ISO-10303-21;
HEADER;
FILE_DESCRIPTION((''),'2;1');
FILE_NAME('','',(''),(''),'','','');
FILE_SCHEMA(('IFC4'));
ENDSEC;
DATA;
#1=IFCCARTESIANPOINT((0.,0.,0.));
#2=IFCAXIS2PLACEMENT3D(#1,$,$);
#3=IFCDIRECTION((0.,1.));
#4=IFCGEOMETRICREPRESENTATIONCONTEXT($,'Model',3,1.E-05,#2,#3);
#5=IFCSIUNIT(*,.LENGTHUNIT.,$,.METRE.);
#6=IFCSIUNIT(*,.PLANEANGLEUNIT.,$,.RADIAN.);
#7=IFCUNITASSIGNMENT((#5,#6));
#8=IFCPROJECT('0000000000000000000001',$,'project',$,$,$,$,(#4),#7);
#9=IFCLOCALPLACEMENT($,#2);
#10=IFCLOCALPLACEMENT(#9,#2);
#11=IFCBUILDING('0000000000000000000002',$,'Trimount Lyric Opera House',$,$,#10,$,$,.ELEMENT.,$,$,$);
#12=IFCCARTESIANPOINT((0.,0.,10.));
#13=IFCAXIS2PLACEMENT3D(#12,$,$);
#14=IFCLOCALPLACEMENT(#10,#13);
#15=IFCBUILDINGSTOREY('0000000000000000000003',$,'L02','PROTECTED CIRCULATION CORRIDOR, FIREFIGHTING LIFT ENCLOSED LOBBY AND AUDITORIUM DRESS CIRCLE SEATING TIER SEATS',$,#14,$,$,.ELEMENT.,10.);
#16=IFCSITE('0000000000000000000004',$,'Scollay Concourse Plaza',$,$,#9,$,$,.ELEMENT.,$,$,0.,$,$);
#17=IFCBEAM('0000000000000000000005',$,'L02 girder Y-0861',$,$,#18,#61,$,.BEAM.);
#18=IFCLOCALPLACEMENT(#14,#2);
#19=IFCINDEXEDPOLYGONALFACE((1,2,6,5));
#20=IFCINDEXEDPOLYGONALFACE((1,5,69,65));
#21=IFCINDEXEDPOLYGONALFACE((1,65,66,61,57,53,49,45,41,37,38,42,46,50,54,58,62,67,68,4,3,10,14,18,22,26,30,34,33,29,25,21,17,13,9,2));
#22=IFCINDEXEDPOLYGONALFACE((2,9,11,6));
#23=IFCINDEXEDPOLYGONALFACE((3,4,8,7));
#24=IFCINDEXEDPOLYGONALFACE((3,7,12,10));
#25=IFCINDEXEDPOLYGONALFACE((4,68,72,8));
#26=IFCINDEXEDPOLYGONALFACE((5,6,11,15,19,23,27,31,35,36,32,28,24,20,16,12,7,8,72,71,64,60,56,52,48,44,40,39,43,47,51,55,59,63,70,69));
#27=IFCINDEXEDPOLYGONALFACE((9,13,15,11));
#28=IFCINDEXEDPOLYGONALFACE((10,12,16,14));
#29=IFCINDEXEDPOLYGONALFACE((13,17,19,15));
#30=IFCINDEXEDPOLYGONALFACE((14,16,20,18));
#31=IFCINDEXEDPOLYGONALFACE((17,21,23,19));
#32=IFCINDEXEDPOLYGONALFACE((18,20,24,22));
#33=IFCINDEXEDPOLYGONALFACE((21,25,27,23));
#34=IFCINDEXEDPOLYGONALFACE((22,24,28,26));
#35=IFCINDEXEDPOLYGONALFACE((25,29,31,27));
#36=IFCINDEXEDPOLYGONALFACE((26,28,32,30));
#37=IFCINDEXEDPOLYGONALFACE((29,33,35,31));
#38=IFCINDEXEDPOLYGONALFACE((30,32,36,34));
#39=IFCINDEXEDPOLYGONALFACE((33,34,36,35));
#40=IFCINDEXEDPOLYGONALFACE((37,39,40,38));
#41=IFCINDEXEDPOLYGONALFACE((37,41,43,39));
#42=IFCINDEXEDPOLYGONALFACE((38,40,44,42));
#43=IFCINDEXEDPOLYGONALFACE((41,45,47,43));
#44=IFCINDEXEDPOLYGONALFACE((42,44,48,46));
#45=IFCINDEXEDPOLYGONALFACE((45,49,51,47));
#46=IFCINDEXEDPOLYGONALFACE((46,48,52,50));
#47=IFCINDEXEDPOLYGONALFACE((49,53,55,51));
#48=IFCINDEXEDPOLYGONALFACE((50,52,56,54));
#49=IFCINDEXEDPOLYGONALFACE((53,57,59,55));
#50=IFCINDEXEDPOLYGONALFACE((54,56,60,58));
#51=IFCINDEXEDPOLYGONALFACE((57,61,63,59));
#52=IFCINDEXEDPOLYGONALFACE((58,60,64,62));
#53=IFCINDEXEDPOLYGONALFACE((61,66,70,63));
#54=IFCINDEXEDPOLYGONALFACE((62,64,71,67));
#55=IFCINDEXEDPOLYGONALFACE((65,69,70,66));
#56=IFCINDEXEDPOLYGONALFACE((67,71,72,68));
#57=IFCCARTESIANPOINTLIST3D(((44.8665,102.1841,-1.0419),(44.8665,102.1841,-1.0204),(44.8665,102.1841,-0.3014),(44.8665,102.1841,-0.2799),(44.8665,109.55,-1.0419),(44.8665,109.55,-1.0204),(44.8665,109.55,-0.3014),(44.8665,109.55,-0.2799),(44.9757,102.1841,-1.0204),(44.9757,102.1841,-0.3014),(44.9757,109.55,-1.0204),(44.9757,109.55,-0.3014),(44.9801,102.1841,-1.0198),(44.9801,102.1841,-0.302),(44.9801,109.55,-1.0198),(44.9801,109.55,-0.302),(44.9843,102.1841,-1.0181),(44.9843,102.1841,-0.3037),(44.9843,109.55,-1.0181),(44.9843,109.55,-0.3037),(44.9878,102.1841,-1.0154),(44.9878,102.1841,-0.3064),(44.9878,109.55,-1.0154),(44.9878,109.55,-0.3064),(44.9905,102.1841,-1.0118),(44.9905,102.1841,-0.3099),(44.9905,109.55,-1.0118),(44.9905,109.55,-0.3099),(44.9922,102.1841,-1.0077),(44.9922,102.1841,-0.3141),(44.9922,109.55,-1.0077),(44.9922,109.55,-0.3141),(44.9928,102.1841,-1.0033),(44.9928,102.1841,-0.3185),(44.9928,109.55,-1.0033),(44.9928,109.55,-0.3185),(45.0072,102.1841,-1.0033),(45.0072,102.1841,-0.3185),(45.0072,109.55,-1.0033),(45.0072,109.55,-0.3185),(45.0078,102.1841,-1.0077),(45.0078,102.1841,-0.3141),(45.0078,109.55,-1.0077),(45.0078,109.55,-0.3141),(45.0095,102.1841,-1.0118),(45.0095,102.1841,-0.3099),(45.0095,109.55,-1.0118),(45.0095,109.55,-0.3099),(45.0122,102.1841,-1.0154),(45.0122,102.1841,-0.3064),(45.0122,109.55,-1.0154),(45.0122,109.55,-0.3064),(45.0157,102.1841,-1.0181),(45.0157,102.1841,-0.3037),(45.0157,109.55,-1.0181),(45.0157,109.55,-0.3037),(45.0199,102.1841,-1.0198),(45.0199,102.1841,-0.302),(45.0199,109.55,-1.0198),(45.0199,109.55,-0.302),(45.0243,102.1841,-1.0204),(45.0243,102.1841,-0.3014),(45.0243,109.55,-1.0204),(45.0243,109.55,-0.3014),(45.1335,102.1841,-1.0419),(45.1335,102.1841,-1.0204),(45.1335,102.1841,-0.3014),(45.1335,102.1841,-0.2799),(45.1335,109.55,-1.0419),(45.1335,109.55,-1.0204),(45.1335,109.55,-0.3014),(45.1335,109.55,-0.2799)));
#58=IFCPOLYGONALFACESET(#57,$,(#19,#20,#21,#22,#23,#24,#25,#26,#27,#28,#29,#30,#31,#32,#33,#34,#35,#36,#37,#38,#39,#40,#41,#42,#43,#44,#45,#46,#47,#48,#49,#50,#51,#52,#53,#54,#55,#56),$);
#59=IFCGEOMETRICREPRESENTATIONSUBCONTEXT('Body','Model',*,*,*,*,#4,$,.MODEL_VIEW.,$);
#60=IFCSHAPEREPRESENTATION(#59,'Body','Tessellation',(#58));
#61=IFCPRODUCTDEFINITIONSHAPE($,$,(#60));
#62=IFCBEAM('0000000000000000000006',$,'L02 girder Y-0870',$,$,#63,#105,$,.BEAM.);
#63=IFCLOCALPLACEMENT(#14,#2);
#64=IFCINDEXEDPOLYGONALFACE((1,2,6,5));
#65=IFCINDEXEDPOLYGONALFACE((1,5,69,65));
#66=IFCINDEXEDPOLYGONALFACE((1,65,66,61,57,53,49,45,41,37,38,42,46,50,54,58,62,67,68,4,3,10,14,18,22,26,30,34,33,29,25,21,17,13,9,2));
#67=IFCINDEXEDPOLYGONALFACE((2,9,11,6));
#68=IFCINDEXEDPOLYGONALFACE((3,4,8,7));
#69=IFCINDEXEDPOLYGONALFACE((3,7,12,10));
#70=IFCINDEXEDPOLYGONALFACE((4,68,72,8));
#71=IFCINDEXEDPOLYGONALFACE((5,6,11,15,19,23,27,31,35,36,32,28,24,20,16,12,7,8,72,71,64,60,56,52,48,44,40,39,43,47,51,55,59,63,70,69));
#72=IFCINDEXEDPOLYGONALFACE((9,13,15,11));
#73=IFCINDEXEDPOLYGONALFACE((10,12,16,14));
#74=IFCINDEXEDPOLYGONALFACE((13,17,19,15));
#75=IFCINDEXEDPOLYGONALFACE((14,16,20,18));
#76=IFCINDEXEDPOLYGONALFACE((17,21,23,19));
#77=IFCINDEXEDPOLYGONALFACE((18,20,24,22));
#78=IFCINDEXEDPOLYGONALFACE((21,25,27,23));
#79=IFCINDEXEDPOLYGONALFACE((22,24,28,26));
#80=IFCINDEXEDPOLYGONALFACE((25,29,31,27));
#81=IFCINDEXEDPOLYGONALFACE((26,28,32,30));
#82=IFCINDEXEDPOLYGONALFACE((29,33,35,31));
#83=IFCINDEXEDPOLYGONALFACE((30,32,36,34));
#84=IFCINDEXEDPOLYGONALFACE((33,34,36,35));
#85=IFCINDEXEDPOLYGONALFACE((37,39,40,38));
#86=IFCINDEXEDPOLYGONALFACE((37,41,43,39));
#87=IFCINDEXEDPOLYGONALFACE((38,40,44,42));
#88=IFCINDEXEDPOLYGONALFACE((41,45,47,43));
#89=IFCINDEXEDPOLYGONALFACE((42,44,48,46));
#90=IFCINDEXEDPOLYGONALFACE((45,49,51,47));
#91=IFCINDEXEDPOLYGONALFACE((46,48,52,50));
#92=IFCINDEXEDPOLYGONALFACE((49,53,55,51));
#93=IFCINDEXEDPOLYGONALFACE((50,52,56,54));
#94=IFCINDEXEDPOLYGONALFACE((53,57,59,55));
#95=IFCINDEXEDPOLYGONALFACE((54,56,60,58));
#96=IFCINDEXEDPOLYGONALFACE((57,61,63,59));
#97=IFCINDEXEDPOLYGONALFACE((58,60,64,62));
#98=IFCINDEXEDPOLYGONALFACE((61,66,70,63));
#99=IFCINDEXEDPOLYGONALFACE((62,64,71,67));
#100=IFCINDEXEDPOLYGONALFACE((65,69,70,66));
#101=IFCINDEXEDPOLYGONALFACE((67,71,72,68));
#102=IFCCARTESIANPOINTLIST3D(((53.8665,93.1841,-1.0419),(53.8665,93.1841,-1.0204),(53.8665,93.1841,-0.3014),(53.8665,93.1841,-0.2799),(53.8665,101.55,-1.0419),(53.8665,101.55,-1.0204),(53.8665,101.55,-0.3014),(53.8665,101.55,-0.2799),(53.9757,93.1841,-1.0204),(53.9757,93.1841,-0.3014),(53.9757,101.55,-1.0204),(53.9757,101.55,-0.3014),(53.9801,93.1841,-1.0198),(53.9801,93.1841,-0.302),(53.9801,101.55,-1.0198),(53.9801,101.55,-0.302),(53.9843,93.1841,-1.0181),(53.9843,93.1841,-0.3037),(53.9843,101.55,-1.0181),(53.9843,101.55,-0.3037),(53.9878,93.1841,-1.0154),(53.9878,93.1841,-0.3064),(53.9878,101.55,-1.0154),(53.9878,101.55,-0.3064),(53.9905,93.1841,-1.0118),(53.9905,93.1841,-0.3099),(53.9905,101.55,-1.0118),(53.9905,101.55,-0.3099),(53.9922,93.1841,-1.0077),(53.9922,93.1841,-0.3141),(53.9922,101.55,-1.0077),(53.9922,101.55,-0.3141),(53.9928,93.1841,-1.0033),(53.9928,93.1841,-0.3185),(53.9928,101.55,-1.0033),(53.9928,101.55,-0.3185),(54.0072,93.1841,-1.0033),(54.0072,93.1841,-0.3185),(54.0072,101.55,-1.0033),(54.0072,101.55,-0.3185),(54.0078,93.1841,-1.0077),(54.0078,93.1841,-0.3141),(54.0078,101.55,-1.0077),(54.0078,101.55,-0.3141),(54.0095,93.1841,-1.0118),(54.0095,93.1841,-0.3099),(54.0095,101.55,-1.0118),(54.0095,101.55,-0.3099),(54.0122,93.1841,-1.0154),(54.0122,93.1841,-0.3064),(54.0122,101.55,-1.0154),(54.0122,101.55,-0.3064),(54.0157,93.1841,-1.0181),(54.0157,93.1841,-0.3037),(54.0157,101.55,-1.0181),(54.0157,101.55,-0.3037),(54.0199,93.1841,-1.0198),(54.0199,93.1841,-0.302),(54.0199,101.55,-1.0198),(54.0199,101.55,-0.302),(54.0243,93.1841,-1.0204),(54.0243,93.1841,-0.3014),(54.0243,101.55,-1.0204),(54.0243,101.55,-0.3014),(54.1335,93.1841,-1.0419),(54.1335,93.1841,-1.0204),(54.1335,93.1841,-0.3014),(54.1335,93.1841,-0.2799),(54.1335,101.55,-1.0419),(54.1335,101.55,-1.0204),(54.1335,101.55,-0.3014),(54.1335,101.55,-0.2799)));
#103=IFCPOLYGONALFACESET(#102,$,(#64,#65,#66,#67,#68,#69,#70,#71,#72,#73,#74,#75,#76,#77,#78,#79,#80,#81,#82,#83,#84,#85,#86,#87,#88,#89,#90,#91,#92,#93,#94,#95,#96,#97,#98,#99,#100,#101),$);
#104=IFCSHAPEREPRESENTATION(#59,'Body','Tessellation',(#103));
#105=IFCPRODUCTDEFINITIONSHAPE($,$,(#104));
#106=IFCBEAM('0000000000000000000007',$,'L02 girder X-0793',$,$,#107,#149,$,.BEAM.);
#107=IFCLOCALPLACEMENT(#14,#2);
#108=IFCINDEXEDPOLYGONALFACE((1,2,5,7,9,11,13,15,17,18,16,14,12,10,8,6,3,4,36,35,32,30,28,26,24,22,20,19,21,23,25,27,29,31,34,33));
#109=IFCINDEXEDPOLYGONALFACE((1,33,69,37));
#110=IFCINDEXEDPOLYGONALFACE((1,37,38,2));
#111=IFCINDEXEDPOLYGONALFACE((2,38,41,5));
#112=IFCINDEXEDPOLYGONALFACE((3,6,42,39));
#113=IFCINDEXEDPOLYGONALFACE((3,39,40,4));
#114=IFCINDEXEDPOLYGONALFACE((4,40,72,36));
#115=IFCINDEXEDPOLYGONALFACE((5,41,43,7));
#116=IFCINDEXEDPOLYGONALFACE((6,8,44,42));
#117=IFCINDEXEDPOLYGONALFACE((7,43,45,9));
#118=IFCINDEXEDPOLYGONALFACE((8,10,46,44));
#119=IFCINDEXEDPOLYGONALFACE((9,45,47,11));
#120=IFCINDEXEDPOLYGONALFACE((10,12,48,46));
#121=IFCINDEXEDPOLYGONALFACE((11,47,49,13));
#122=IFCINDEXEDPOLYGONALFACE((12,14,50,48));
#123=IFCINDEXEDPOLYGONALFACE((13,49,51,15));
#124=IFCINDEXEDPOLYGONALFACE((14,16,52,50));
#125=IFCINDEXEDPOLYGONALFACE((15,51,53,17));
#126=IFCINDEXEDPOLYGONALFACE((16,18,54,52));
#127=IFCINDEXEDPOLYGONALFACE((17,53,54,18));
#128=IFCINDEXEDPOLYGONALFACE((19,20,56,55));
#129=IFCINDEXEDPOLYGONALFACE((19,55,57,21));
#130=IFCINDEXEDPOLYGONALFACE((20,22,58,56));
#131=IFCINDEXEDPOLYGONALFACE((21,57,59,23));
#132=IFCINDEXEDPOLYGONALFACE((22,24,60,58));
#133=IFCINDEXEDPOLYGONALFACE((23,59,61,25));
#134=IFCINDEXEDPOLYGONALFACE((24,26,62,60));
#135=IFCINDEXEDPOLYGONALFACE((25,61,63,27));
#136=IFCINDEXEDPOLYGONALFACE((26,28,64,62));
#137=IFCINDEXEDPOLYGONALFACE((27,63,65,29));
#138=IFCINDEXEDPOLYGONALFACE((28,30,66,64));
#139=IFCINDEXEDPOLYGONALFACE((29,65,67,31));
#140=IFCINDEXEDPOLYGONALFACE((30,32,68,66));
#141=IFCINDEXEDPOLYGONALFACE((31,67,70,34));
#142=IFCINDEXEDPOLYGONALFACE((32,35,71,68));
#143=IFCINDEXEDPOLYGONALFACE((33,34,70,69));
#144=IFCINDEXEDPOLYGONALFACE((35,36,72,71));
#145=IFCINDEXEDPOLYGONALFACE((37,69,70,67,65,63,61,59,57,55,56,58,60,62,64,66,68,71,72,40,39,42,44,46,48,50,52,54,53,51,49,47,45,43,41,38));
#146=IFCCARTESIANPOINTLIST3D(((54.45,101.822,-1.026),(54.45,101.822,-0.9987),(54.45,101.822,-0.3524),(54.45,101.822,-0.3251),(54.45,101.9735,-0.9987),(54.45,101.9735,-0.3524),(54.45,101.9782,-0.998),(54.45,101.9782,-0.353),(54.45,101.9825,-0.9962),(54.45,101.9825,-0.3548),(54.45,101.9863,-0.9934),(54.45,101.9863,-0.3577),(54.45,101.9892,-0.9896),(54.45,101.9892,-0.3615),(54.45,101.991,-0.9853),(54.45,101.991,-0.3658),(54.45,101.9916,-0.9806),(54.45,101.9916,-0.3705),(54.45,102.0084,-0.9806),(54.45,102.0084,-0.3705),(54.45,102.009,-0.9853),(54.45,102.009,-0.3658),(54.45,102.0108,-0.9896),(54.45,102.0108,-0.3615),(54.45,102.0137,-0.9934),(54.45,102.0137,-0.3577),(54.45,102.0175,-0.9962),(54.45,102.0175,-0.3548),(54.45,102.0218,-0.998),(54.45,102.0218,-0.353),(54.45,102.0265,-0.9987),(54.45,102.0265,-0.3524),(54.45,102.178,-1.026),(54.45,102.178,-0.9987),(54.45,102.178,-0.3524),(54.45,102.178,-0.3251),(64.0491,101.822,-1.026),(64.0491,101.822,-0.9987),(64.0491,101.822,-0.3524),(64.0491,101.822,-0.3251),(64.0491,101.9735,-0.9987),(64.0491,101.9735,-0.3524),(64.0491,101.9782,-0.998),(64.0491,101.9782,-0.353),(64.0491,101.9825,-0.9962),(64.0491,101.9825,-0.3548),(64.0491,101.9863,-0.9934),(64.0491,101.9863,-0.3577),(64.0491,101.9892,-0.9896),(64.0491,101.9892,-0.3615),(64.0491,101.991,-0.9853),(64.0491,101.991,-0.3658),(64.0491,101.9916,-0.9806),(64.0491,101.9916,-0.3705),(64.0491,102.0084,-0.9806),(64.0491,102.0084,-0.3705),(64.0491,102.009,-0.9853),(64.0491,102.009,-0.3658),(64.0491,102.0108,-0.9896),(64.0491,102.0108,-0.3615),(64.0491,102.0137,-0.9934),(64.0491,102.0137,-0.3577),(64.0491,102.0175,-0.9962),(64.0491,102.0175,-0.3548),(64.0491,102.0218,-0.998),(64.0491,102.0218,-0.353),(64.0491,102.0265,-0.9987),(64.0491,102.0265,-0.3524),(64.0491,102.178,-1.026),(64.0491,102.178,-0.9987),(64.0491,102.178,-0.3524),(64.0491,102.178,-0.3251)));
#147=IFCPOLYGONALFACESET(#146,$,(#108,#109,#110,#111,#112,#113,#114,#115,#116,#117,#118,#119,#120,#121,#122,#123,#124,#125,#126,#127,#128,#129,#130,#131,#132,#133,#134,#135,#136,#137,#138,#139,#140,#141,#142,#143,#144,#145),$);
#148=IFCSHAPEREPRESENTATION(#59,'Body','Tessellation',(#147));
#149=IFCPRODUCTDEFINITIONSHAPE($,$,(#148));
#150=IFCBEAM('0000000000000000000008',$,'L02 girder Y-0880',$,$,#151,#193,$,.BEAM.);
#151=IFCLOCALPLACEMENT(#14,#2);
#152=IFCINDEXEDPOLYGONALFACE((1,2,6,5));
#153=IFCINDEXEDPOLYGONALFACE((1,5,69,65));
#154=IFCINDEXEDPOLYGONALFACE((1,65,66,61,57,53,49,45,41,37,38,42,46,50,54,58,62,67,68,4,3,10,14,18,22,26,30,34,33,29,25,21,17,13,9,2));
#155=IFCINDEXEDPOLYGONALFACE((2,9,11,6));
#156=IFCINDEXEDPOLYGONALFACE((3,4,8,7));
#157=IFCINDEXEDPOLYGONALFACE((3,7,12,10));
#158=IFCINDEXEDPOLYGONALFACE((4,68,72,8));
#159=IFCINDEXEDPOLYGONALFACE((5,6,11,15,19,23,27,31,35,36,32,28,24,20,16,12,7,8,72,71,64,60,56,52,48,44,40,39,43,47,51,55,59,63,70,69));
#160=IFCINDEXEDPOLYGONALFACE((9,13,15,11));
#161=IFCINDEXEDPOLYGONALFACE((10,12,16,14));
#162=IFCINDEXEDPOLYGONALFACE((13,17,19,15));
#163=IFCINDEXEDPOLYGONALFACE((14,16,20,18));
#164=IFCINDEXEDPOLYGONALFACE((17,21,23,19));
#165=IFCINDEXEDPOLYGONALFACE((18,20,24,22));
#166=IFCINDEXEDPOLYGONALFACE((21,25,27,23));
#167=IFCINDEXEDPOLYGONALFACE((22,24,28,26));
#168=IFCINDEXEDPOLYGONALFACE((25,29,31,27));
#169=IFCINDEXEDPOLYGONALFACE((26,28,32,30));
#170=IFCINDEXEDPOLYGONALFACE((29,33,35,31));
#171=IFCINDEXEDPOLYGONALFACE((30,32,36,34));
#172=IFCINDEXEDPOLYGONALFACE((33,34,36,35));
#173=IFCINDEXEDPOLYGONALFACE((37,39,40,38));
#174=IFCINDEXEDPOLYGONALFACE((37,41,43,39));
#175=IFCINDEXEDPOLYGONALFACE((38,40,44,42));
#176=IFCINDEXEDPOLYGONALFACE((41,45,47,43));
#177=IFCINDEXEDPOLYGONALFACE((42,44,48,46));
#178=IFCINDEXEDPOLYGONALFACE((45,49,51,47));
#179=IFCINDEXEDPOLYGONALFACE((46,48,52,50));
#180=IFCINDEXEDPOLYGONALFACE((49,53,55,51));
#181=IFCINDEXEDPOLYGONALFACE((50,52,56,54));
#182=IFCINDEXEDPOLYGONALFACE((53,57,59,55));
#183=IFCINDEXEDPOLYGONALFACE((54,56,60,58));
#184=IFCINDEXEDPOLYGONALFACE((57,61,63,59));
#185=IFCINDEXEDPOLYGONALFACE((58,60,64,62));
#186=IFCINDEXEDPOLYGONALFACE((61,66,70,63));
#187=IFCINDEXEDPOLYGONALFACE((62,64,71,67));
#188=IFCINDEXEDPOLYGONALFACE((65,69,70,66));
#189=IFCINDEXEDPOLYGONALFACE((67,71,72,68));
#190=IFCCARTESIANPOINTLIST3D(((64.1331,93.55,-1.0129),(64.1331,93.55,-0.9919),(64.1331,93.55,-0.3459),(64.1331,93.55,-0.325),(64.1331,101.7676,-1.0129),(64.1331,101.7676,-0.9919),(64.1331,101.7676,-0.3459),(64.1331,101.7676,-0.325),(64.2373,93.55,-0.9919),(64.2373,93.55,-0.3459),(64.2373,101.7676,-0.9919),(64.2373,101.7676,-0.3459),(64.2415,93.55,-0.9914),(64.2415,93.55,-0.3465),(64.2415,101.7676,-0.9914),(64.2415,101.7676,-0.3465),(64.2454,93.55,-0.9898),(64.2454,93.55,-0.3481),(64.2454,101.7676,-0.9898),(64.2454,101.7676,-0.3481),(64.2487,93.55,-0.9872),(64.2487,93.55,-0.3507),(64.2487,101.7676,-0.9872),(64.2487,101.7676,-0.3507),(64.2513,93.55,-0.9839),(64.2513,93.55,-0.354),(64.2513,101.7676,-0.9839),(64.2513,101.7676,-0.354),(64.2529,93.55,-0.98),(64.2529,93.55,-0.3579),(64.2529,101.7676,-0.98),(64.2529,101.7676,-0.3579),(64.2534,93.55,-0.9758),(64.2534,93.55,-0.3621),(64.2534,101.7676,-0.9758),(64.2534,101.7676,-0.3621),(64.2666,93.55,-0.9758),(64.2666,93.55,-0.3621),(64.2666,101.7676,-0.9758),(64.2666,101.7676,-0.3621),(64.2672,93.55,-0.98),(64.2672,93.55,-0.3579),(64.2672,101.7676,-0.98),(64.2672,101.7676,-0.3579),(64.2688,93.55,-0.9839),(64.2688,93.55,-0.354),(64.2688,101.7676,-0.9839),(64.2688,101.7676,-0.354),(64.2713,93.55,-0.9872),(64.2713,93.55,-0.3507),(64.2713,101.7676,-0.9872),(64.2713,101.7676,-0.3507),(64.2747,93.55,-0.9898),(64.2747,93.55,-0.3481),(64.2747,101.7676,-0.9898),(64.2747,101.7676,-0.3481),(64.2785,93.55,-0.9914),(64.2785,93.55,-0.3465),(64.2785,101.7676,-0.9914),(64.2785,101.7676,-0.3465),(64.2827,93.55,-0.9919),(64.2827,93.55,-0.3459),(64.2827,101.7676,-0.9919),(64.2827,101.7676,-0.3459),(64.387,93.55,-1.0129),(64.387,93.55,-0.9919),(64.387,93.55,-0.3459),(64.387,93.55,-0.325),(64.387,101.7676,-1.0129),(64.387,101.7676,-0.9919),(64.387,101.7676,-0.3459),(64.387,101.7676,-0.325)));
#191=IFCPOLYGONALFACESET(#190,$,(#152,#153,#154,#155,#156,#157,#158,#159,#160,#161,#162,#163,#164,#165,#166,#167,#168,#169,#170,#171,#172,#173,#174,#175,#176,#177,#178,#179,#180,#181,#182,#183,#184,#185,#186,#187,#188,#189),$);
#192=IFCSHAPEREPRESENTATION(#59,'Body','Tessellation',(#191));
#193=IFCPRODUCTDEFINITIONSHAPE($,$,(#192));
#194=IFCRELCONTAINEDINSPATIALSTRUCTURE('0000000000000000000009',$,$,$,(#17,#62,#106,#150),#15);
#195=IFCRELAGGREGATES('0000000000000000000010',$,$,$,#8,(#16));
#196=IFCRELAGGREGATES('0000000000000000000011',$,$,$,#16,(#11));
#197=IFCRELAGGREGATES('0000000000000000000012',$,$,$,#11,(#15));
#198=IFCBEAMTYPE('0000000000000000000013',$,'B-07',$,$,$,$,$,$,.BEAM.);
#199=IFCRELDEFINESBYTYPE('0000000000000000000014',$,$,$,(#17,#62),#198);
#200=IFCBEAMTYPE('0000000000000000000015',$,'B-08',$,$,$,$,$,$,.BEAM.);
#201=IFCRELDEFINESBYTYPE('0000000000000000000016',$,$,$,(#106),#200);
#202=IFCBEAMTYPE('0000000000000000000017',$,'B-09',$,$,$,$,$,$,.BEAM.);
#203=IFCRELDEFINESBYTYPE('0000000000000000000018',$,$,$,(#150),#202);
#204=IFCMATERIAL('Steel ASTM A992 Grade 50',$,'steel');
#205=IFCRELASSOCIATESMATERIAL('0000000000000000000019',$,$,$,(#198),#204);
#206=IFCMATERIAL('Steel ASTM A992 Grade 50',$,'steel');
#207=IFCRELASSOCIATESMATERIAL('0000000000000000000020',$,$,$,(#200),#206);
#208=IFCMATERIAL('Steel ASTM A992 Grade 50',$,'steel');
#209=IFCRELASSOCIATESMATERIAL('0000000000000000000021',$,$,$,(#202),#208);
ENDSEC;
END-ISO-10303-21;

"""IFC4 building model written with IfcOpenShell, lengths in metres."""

from ifc_helpers import new_model, si_unit, direction, frame, origin, origin_2d, place, context, subcontext, project, spatial, i_section, extrude, material, material_profile, profile_set, type_object, element, save


model = new_model("IFC4")

# Units and contexts
model_context = context("Model", 3, precision=1e-05, world=origin(), true_north=direction((0.0, 1.0)))
body_context = subcontext(model_context, "Body", "Model", "MODEL_VIEW")
ifc_project = project(units=[si_unit("LENGTHUNIT", "METRE"), si_unit("PLANEANGLEUNIT", "RADIAN")], contexts=[model_context])

# Site, building, storey
site_placement = place(None, origin())
site = spatial("IfcSite", under=ifc_project, at=site_placement, Name="Scollay Concourse Plaza", CompositionType="ELEMENT", RefElevation=0.0)
building_placement = place(site_placement, origin())
building = spatial("IfcBuilding", under=site, at=building_placement, Name="Trimount Lyric Opera House", CompositionType="ELEMENT")
storey_placement = place(building_placement, frame((0.0, 0.0, 10.0)))
storey = spatial("IfcBuildingStorey", under=building, at=storey_placement, Name="L02", Description="PROTECTED CIRCULATION CORRIDOR, FIREFIGHTING LIFT ENCLOSED LOBBY AND AUDITORIUM DRESS CIRCLE SEATING TIER SEATS", CompositionType="ELEMENT", Elevation=10.0)

# Beams
ifc_material_1 = material(Name="Steel ASTM A992 Grade 50", Category="steel")
ifc_material_profile_1 = material_profile(ifc_material_1, i_section(OverallWidth=0.2671, OverallDepth=0.762, WebThickness=0.0144, FlangeThickness=0.0215, FilletRadius=0.0171, at=origin_2d()), Name="W30X116")
ifc_profile_set_1 = profile_set([ifc_material_profile_1], Name="Steel ASTM A992 Grade 50")
beam_type_1 = type_object("IfcBeamType", Name="B-07", PredefinedType="BEAM", material=ifc_profile_set_1)
beam_1_placement = place(storey_placement, frame((45.0, 102.1841, -0.6609), z_axis=(0.0, 1.0, 0.0), x_axis=(-1.0, 0.0, 0.0)))
element("IfcBeam", 1, at=beam_1_placement, inside=storey, type_object=beam_type_1, Name="L02 girder Y-0861", PredefinedType="BEAM", context=body_context, shape_type="SweptSolid", body=[
    extrude(i_section(OverallWidth=0.2671, OverallDepth=0.762, WebThickness=0.0144, FlangeThickness=0.0215, FilletRadius=0.0171, at=origin_2d()), origin(), (0.0, 0.0, 1.0), 7.366),
])
beam_2_placement = place(storey_placement, frame((54.0, 93.1841, -0.6609), z_axis=(0.0, 1.0, 0.0), x_axis=(-1.0, 0.0, 0.0)))
element("IfcBeam", 2, at=beam_2_placement, inside=storey, type_object=beam_type_1, Name="L02 girder Y-0870", PredefinedType="BEAM", context=body_context, shape_type="SweptSolid", body=[
    extrude(i_section(OverallWidth=0.2671, OverallDepth=0.762, WebThickness=0.0144, FlangeThickness=0.0215, FilletRadius=0.0171, at=origin_2d()), origin(), (0.0, 0.0, 1.0), 8.366),
])
ifc_material_2 = material(Name="Steel ASTM A992 Grade 50", Category="steel")
ifc_material_profile_2 = material_profile(ifc_material_2, i_section(OverallWidth=0.356, OverallDepth=0.7009, WebThickness=0.0168, FlangeThickness=0.0273, FilletRadius=0.0181, at=origin_2d()), Name="W27X161")
ifc_profile_set_2 = profile_set([ifc_material_profile_2], Name="Steel ASTM A992 Grade 50")
beam_type_2 = type_object("IfcBeamType", Name="B-08", PredefinedType="BEAM", material=ifc_profile_set_2)
beam_3_placement = place(storey_placement, frame((54.45, 102.0, -0.6755), z_axis=(1.0, 0.0, 0.0), x_axis=(0.0, 1.0, 0.0)))
element("IfcBeam", 3, at=beam_3_placement, inside=storey, type_object=beam_type_2, Name="L02 girder X-0793", PredefinedType="BEAM", context=body_context, shape_type="SweptSolid", body=[
    extrude(i_section(OverallWidth=0.356, OverallDepth=0.7009, WebThickness=0.0168, FlangeThickness=0.0273, FilletRadius=0.0181, at=origin_2d()), origin(), (0.0, 0.0, 1.0), 9.5991),
])
ifc_material_3 = material(Name="Steel ASTM A992 Grade 50", Category="steel")
ifc_material_profile_3 = material_profile(ifc_material_3, i_section(OverallWidth=0.2539, OverallDepth=0.688, WebThickness=0.0132, FlangeThickness=0.021, FilletRadius=0.0161, at=origin_2d()), Name="W27X102")
ifc_profile_set_3 = profile_set([ifc_material_profile_3], Name="Steel ASTM A992 Grade 50")
beam_type_3 = type_object("IfcBeamType", Name="B-09", PredefinedType="BEAM", material=ifc_profile_set_3)
beam_4_placement = place(storey_placement, frame((64.26, 93.55, -0.6689), z_axis=(0.0, 1.0, 0.0), x_axis=(-1.0, 0.0, 0.0)))
element("IfcBeam", 4, at=beam_4_placement, inside=storey, type_object=beam_type_3, Name="L02 girder Y-0880", PredefinedType="BEAM", context=body_context, shape_type="SweptSolid", body=[
    extrude(i_section(OverallWidth=0.2539, OverallDepth=0.688, WebThickness=0.0132, FlangeThickness=0.021, FilletRadius=0.0161, at=origin_2d()), origin(), (0.0, 0.0, 1.0), 8.2175),
])

save(model, "model.ifc")
